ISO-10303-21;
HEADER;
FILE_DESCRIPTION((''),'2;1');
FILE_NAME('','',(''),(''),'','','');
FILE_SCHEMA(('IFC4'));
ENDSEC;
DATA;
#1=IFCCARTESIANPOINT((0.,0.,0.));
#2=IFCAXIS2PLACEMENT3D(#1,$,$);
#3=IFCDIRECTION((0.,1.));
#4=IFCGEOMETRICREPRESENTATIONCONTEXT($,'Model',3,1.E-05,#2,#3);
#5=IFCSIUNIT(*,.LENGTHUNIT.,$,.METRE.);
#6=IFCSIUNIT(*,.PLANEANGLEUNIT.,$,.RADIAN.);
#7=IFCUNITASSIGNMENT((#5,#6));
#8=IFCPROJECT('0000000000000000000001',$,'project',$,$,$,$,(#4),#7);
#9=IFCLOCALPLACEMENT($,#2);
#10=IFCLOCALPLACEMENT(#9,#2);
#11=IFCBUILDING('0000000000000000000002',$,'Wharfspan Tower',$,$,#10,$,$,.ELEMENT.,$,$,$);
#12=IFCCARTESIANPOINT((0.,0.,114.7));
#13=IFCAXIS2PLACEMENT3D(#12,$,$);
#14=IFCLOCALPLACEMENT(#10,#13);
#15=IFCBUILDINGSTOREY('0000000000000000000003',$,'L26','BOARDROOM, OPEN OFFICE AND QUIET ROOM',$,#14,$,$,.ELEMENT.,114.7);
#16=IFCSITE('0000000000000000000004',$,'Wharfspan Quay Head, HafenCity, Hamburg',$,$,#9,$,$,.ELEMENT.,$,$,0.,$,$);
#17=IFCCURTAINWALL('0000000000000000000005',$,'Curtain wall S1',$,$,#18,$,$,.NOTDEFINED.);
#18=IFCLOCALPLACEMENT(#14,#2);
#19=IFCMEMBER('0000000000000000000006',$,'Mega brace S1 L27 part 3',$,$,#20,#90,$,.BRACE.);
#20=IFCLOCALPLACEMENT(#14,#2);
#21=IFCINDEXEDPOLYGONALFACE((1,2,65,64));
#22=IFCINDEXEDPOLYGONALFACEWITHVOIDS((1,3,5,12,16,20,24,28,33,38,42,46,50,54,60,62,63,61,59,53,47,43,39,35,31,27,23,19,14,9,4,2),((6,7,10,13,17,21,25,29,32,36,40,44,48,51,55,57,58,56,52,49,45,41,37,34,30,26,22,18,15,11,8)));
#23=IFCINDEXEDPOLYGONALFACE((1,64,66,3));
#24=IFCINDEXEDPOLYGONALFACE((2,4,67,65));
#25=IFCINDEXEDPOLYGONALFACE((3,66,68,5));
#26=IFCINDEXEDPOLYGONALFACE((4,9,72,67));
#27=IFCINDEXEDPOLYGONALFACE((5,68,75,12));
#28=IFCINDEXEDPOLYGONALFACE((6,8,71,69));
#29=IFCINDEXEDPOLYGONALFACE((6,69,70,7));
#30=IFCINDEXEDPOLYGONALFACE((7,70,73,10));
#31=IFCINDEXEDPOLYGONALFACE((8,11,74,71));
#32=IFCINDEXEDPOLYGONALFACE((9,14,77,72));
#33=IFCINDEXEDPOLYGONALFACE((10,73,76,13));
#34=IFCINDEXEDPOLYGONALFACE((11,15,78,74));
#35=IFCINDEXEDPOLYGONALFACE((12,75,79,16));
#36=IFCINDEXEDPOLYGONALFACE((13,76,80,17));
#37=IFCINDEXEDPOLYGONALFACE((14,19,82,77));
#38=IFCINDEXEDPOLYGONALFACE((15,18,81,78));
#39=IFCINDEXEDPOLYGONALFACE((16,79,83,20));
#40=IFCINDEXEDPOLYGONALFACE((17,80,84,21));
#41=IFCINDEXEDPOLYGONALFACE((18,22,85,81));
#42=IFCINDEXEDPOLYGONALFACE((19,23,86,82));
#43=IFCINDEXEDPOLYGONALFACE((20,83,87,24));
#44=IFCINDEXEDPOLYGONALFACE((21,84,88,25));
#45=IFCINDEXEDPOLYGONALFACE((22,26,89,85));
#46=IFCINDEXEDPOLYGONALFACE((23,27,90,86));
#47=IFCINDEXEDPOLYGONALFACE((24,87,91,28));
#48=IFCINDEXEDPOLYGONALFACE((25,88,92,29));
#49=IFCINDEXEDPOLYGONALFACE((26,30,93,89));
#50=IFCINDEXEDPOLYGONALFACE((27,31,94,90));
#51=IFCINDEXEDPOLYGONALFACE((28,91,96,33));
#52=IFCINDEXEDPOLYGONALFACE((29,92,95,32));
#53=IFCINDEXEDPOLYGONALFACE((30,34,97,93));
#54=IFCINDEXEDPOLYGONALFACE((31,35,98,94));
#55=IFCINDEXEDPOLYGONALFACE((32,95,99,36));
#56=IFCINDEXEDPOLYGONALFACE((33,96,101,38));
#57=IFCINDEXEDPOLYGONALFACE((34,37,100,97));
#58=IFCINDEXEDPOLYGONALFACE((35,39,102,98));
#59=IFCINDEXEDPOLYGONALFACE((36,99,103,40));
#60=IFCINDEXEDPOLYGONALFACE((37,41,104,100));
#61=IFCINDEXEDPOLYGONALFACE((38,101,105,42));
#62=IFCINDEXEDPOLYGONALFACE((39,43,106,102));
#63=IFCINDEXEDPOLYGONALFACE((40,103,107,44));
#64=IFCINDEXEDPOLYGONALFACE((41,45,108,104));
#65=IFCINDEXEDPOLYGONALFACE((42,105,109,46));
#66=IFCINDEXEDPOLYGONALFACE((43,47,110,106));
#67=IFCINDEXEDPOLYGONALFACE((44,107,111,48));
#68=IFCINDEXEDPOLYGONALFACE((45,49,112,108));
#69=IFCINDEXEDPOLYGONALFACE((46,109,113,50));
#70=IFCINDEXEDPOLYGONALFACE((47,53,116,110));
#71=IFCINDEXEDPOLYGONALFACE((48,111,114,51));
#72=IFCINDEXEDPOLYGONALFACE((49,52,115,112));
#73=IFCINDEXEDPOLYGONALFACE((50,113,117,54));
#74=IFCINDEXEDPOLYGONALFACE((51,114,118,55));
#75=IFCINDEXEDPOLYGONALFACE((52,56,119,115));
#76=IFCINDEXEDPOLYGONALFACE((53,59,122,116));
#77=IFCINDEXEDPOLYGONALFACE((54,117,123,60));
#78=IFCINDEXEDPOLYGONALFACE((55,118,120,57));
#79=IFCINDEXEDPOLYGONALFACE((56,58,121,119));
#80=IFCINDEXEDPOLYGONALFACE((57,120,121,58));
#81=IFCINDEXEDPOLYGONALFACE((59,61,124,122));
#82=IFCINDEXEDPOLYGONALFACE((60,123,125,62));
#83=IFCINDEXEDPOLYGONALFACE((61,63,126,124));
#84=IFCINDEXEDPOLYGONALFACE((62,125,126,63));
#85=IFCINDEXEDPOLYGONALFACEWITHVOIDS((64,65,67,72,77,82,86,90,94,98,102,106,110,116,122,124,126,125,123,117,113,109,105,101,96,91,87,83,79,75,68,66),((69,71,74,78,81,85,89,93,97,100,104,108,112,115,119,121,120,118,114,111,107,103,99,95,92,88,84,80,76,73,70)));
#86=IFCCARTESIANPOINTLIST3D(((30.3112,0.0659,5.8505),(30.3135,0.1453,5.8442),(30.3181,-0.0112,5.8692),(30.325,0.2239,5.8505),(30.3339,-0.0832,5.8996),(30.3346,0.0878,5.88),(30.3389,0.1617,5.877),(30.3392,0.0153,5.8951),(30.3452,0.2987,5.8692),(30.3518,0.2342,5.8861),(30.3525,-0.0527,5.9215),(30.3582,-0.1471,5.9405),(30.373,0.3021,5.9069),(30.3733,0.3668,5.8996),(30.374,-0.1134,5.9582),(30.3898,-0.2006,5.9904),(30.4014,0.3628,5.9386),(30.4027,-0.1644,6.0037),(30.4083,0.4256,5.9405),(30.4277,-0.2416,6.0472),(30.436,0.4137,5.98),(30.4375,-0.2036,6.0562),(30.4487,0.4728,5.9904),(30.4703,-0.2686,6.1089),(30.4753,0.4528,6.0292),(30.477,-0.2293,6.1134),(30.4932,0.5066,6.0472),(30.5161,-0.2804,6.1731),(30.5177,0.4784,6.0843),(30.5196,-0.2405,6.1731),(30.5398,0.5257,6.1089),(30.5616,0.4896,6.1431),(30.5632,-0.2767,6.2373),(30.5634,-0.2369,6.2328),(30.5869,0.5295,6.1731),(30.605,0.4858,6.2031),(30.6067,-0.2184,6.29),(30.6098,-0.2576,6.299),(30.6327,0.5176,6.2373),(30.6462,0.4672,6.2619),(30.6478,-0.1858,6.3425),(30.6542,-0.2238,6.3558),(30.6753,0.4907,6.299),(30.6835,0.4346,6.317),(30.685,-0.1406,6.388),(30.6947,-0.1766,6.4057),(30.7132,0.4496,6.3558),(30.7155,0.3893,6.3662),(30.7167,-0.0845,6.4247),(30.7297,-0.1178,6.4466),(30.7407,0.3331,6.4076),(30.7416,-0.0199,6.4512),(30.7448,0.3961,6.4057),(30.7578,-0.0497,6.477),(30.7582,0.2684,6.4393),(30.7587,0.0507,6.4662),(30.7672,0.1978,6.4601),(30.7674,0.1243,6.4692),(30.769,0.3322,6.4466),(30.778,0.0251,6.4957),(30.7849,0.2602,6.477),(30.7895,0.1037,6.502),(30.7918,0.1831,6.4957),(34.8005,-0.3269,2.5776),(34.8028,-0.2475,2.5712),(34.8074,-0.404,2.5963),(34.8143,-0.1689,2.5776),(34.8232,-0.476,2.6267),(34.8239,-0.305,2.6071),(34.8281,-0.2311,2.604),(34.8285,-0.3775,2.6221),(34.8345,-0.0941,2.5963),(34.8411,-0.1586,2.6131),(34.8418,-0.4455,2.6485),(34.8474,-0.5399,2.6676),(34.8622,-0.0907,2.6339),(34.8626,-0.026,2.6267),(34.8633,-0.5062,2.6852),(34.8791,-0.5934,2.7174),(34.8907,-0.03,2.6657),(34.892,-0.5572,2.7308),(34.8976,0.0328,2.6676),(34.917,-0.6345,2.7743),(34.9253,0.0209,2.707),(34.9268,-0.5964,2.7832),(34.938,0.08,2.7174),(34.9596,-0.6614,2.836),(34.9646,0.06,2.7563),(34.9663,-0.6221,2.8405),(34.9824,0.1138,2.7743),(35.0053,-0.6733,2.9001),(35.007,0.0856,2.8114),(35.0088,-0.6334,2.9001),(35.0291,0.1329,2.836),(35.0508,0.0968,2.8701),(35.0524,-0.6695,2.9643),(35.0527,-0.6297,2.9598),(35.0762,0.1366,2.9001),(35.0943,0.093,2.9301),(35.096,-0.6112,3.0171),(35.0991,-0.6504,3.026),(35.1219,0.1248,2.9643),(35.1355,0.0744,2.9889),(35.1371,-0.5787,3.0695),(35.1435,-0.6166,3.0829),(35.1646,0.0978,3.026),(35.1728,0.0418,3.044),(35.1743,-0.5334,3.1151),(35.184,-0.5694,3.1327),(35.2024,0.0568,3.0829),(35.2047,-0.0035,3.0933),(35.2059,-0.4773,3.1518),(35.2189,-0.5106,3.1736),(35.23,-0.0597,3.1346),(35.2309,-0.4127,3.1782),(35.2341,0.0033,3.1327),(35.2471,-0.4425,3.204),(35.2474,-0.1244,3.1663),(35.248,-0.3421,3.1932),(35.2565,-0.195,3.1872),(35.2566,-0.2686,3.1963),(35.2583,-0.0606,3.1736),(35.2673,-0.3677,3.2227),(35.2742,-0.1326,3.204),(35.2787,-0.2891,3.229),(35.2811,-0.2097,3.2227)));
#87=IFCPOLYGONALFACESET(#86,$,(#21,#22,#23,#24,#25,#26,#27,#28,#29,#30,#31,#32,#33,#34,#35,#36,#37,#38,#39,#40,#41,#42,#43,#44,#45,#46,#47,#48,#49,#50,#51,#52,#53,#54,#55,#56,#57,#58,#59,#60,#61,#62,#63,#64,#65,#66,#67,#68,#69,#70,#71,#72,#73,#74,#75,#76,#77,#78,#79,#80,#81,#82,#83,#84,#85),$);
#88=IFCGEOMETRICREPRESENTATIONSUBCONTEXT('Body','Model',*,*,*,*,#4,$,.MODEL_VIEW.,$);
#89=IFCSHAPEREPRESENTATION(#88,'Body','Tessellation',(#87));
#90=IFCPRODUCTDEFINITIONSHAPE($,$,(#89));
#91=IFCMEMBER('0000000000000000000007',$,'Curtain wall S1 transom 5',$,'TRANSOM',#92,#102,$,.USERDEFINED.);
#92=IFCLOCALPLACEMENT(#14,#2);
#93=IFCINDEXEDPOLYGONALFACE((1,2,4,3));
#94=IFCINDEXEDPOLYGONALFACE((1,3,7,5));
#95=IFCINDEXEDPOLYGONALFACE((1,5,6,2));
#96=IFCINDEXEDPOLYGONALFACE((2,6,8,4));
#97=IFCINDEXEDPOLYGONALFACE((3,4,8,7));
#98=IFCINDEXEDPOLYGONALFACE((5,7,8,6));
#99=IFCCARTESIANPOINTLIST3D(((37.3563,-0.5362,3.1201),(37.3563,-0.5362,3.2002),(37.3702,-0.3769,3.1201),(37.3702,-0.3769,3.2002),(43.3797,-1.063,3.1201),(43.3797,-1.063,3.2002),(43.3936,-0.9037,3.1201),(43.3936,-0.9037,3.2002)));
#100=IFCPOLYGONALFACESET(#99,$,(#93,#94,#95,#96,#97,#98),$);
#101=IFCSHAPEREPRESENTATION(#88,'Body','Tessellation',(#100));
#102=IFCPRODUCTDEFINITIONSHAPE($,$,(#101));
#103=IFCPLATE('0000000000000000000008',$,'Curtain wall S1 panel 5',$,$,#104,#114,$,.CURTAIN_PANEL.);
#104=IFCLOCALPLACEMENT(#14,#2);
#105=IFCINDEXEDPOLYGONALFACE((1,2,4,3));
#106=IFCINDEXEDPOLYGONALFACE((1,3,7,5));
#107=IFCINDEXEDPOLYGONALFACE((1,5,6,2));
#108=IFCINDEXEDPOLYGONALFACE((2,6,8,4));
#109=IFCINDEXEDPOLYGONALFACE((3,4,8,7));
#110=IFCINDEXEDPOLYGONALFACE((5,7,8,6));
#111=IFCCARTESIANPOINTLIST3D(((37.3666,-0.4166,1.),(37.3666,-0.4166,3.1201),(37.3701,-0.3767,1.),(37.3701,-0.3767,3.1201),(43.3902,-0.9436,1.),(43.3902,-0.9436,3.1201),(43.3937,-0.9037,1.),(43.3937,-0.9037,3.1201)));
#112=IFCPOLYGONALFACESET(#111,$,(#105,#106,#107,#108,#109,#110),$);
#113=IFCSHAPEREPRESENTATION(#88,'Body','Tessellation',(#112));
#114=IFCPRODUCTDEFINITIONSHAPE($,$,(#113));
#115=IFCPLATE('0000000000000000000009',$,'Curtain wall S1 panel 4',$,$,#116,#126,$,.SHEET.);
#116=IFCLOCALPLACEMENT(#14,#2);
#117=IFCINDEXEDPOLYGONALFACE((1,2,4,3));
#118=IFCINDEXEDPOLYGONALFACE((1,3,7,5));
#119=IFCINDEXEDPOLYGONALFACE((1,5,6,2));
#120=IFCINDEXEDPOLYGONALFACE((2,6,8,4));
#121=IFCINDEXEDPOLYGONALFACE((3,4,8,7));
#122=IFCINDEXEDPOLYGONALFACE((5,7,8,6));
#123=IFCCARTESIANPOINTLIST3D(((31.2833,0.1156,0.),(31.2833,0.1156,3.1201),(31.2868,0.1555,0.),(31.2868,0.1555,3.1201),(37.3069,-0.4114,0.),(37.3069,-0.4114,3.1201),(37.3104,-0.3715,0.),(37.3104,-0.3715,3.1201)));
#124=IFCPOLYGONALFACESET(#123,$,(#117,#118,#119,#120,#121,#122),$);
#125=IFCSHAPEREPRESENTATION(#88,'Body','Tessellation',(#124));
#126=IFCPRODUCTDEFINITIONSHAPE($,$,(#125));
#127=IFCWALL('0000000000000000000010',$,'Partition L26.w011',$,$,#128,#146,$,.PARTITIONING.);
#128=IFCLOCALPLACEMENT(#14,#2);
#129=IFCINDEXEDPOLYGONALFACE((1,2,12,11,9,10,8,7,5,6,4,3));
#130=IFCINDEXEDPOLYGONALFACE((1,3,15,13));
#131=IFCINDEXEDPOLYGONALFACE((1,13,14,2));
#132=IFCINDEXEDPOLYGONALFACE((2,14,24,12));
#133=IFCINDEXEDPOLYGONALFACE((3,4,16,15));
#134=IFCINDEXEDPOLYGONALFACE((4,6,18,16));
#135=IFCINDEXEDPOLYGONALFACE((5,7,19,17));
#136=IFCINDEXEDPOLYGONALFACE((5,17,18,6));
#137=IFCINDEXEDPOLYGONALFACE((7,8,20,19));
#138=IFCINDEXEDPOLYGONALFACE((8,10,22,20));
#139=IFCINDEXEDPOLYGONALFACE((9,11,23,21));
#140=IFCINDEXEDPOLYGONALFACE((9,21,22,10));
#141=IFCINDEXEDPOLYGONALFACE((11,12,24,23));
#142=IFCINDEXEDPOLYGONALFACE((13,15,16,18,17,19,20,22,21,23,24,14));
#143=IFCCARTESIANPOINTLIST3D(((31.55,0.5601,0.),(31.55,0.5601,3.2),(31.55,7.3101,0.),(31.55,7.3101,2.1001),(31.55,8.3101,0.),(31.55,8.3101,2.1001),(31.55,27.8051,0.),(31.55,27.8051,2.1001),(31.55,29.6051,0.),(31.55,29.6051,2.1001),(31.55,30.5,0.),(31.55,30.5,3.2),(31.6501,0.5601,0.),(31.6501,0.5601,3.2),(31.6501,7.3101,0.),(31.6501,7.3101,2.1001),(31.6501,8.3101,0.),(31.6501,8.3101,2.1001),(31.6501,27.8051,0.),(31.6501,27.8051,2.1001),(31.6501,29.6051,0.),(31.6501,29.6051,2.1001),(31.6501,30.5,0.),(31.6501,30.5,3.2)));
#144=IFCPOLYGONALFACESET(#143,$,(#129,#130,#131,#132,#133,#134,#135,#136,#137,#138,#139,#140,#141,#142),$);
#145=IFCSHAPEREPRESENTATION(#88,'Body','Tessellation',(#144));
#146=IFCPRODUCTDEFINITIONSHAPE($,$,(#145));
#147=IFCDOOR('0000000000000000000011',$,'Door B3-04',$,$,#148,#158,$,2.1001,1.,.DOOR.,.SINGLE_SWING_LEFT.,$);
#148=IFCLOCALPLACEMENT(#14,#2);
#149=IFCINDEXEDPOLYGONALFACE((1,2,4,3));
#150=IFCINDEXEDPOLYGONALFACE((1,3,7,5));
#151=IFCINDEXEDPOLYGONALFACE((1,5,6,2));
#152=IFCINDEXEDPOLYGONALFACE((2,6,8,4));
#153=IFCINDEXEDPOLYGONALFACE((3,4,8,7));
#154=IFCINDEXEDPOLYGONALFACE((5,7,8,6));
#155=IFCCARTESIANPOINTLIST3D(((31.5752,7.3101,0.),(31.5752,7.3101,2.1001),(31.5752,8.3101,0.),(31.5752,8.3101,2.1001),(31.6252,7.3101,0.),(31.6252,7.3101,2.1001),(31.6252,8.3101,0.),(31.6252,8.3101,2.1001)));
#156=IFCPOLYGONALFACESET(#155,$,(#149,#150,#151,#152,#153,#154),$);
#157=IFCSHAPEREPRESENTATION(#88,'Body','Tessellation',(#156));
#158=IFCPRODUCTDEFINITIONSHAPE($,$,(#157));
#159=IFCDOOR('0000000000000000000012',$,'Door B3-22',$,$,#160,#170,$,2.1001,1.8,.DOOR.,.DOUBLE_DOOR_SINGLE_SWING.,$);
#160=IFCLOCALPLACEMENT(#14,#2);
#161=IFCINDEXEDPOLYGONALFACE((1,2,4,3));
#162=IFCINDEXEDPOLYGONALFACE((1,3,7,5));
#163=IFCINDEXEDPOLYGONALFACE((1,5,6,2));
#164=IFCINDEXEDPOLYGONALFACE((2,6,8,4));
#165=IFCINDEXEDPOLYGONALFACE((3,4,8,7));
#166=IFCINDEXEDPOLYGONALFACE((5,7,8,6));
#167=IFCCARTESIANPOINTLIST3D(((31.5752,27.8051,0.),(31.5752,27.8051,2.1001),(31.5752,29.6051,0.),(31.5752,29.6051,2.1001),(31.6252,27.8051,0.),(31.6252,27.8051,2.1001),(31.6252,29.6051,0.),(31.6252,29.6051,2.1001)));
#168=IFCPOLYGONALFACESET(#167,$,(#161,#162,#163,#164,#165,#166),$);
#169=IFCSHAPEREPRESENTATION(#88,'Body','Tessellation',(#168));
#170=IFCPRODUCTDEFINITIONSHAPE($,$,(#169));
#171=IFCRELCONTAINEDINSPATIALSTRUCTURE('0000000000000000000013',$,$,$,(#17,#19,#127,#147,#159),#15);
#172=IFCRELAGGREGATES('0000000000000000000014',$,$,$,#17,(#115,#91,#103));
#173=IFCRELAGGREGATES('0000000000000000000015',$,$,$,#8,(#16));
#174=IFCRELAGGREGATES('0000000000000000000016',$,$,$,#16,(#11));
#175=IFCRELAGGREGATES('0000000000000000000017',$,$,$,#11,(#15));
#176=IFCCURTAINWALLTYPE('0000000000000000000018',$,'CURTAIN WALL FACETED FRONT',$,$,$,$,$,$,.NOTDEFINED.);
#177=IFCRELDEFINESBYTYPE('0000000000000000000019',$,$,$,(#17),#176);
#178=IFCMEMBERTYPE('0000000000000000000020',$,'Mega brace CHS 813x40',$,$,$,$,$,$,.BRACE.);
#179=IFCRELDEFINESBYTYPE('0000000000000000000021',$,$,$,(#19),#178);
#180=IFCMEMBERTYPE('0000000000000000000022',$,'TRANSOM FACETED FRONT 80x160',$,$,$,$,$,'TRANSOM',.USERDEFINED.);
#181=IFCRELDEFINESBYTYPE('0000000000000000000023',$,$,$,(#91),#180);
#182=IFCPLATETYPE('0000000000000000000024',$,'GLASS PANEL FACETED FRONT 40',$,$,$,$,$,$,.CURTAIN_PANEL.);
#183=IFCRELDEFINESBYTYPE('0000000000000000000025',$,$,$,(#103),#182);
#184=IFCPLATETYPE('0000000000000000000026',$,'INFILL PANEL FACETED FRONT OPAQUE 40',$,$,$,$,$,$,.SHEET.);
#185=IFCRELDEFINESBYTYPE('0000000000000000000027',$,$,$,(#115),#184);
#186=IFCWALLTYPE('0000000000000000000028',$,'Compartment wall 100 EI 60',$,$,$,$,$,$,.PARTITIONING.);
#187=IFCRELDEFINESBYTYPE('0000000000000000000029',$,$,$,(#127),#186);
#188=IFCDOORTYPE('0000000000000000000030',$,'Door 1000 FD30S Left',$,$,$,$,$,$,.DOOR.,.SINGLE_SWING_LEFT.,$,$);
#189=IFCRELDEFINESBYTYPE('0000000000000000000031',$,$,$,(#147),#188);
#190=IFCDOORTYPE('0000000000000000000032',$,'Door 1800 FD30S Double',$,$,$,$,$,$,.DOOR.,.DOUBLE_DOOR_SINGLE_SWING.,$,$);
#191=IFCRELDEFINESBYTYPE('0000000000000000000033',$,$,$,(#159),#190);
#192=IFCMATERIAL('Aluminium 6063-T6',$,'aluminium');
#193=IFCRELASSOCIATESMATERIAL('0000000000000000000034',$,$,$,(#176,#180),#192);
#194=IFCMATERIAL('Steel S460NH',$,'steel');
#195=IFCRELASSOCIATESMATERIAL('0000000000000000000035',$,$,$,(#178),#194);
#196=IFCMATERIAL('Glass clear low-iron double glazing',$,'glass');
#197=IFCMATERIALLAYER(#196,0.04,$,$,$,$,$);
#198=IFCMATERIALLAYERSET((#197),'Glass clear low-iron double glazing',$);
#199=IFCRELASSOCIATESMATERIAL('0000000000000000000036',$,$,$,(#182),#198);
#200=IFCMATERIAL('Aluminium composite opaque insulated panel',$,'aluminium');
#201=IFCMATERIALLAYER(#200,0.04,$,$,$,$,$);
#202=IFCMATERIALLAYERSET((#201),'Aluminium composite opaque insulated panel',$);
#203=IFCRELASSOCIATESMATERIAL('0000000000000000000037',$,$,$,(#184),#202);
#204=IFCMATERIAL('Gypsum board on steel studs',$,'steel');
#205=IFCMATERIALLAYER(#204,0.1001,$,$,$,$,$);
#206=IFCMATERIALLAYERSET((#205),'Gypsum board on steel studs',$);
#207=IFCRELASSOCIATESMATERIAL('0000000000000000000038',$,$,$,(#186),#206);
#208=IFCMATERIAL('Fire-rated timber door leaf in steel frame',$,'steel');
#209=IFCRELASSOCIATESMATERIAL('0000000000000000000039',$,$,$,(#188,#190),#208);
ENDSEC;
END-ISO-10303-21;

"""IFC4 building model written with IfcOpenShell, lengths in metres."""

from ifc_helpers import new_model, si_unit, direction, frame, frame_2d, origin, origin_2d, place, context, subcontext, project, spatial, rectangle, hollow_circle, extrude, material, layer, layer_set, material_profile, profile_set, type_object, element, fill, aggregate, save


model = new_model("IFC4")

# Units and contexts
model_context = context("Model", 3, precision=1e-05, world=origin(), true_north=direction((0.0, 1.0)))
body_context = subcontext(model_context, "Body", "Model", "MODEL_VIEW")
ifc_project = project(units=[si_unit("LENGTHUNIT", "METRE"), si_unit("PLANEANGLEUNIT", "RADIAN")], contexts=[model_context])

# Site, building, storey
site_placement = place(None, origin())
site = spatial("IfcSite", under=ifc_project, at=site_placement, Name="Wharfspan Quay Head, HafenCity, Hamburg", CompositionType="ELEMENT", RefElevation=0.0)
building_placement = place(site_placement, origin())
building = spatial("IfcBuilding", under=site, at=building_placement, Name="Wharfspan Tower", CompositionType="ELEMENT")
storey_placement = place(building_placement, frame((0.0, 0.0, 114.7)))
storey = spatial("IfcBuildingStorey", under=building, at=storey_placement, Name="L26", Description="BOARDROOM, OPEN OFFICE AND QUIET ROOM", CompositionType="ELEMENT", Elevation=114.7)

# Curtain wall
ifc_material_1 = material(Name="Aluminium 6063-T6", Category="aluminium")
curtain_wall_type = type_object("IfcCurtainWallType", Name="CURTAIN WALL FACETED FRONT", PredefinedType="NOTDEFINED", material=ifc_material_1)
curtain_wall_placement = place(storey_placement, origin())
curtain_wall = element("IfcCurtainWall", 1, at=curtain_wall_placement, inside=storey, type_object=curtain_wall_type, Name="Curtain wall S1", PredefinedType="NOTDEFINED")

# Members
ifc_material_2 = material(Name="Steel S460NH", Category="steel")
ifc_material_profile_1 = material_profile(ifc_material_2, hollow_circle(Radius=0.4065, WallThickness=0.04, at=origin_2d()))
ifc_profile_set_1 = profile_set([ifc_material_profile_1], Name="Steel S460NH")
member_type_1 = type_object("IfcMemberType", Name="Mega brace CHS 813x40", PredefinedType="BRACE", material=ifc_profile_set_1)
member_1_placement = place(storey_placement, frame((35.0408, -0.2683, 2.9001), z_axis=(-0.806035, 0.07053, 0.58765), x_axis=(-0.087168, -0.996195, 0.000002)))
element("IfcMember", 2, at=member_1_placement, inside=storey, type_object=member_type_1, Name="Mega brace S1 L27 part 3", PredefinedType="BRACE", context=body_context, shape_type="SweptSolid", body=[
    extrude(hollow_circle(Radius=0.4065, WallThickness=0.04, at=origin_2d()), origin(), (0.0, 0.0, 1.0), 5.5696),
])
ifc_material_profile_2 = material_profile(ifc_material_1, rectangle(XDim=0.1599, YDim=0.0801, at=origin_2d()))
ifc_profile_set_2 = profile_set([ifc_material_profile_2], Name="Aluminium 6063-T6")
member_type_2 = type_object("IfcMemberType", Name="TRANSOM FACETED FRONT 80x160", ElementType="TRANSOM", PredefinedType="USERDEFINED", material=ifc_profile_set_2)
member_2_placement = place(storey_placement, frame((37.3633, -0.4565, 3.1602), z_axis=(0.996197, -0.087135, 0.0), x_axis=(0.087135, 0.996197, 0.0)))
member_2 = element("IfcMember", 3, at=member_2_placement, type_object=member_type_2, Name="Curtain wall S1 transom 5", ObjectType="TRANSOM", PredefinedType="USERDEFINED", context=body_context, shape_type="SweptSolid", body=[
    extrude(rectangle(XDim=0.1599, YDim=0.0801, at=origin_2d()), origin(), (0.0, 0.0, 1.0), 6.0464),
])

# Plates
ifc_material_3 = material(Name="Glass clear low-iron double glazing", Category="glass")
ifc_layer_1 = layer(ifc_material_3, 0.04)
ifc_layer_set_1 = layer_set([ifc_layer_1], Name="Glass clear low-iron double glazing")
plate_type_1 = type_object("IfcPlateType", Name="GLASS PANEL FACETED FRONT 40", PredefinedType="CURTAIN_PANEL", material=ifc_layer_set_1)
plate_1_placement = place(storey_placement, frame((40.3801, -0.6602, 1.0), z_axis=(0.0, 0.0, 1.0), x_axis=(0.996198, -0.087156, 0.0)))
plate_1 = element("IfcPlate", 4, at=plate_1_placement, type_object=plate_type_1, Name="Curtain wall S1 panel 5", PredefinedType="CURTAIN_PANEL", context=body_context, shape_type="SweptSolid", body=[
    extrude(rectangle(XDim=6.0466, YDim=0.04, at=origin_2d()), origin(), (0.0, 0.0, 1.0), 2.1201),
])
ifc_material_4 = material(Name="Aluminium composite opaque insulated panel", Category="aluminium")
ifc_layer_2 = layer(ifc_material_4, 0.04)
ifc_layer_set_2 = layer_set([ifc_layer_2], Name="Aluminium composite opaque insulated panel")
plate_type_2 = type_object("IfcPlateType", Name="INFILL PANEL FACETED FRONT OPAQUE 40", PredefinedType="SHEET", material=ifc_layer_set_2)
plate_2_placement = place(storey_placement, frame((34.2969, -0.1279, 0.0), z_axis=(0.0, 0.0, 1.0), x_axis=(0.996198, -0.087156, 0.0)))
plate_2 = element("IfcPlate", 5, at=plate_2_placement, type_object=plate_type_2, Name="Curtain wall S1 panel 4", PredefinedType="SHEET", context=body_context, shape_type="SweptSolid", body=[
    extrude(rectangle(XDim=6.0466, YDim=0.04, at=origin_2d()), origin(), (0.0, 0.0, 1.0), 3.1201),
])
aggregate(curtain_wall, [plate_2, member_2, plate_1])

# Wall, openings, doors
ifc_material_5 = material(Name="Gypsum board on steel studs", Category="steel")
ifc_layer_3 = layer(ifc_material_5, 0.1001)
ifc_layer_set_3 = layer_set([ifc_layer_3], Name="Gypsum board on steel studs")
wall_type_1 = type_object("IfcWallType", Name="Compartment wall 100 EI 60", PredefinedType="PARTITIONING", material=ifc_layer_set_3)
wall_1_placement = place(storey_placement, frame((31.6001, 0.5601, 0.0), z_axis=(0.0, 0.0, 1.0), x_axis=(0.0, 1.0, 0.0)))
wall_1 = element("IfcWall", 6, at=wall_1_placement, inside=storey, type_object=wall_type_1, Name="Partition L26.w011", PredefinedType="PARTITIONING", context=body_context, shape_type="SweptSolid", body=[
    extrude(rectangle(XDim=29.9399, YDim=0.1001, at=frame_2d((14.97, 0.0))), origin(), (0.0, 0.0, 1.0), 3.2),
])
opening_1_placement = place(wall_1_placement, frame((6.75, 0.0, 0.0)))
opening_1 = element("IfcOpeningElement", 7, at=opening_1_placement, cuts=wall_1, PredefinedType="OPENING", context=body_context, shape_type="SweptSolid", body=[
    extrude(rectangle(XDim=1.0, YDim=2.1001, at=frame_2d((0.5, 1.05))), frame((0.0, 0.0601, 0.0), z_axis=(0.0, -1.0, 0.0), x_axis=(1.0, 0.0, 0.0)), (0.0, 0.0, 1.0), 0.1201),
])
opening_2_placement = place(wall_1_placement, frame((27.2451, 0.0, 0.0)))
opening_2 = element("IfcOpeningElement", 8, at=opening_2_placement, cuts=wall_1, PredefinedType="OPENING", context=body_context, shape_type="SweptSolid", body=[
    extrude(rectangle(XDim=1.8, YDim=2.1001, at=frame_2d((0.8999, 1.05))), frame((0.0, 0.0601, 0.0), z_axis=(0.0, -1.0, 0.0), x_axis=(1.0, 0.0, 0.0)), (0.0, 0.0, 1.0), 0.1201),
])
ifc_material_6 = material(Name="Fire-rated timber door leaf in steel frame", Category="steel")
door_type_1 = type_object("IfcDoorType", Name="Door 1000 FD30S Left", OperationType="SINGLE_SWING_LEFT", PredefinedType="DOOR", material=ifc_material_6)
door_1_placement = place(opening_1_placement, origin())
door_1 = element("IfcDoor", 9, at=door_1_placement, inside=storey, type_object=door_type_1, Name="Door B3-04", OperationType="SINGLE_SWING_LEFT", OverallHeight=2.1001, OverallWidth=1.0, PredefinedType="DOOR", context=body_context, shape_type="SweptSolid", body=[
    extrude(rectangle(XDim=1.0, YDim=2.1001, at=frame_2d((0.5, 1.05))), frame((0.0, 0.0249, 0.0), z_axis=(0.0, -1.0, 0.0), x_axis=(1.0, 0.0, 0.0)), (0.0, 0.0, 1.0), 0.05),
])
fill(opening_1, door_1)
door_type_2 = type_object("IfcDoorType", Name="Door 1800 FD30S Double", OperationType="DOUBLE_DOOR_SINGLE_SWING", PredefinedType="DOOR", material=ifc_material_6)
door_2_placement = place(opening_2_placement, origin())
door_2 = element("IfcDoor", 10, at=door_2_placement, inside=storey, type_object=door_type_2, Name="Door B3-22", OperationType="DOUBLE_DOOR_SINGLE_SWING", OverallHeight=2.1001, OverallWidth=1.8, PredefinedType="DOOR", context=body_context, shape_type="SweptSolid", body=[
    extrude(rectangle(XDim=1.8, YDim=2.1001, at=frame_2d((0.8999, 1.05))), frame((0.0, 0.0249, 0.0), z_axis=(0.0, -1.0, 0.0), x_axis=(1.0, 0.0, 0.0)), (0.0, 0.0, 1.0), 0.05),
])
fill(opening_2, door_2)

save(model, "model.ifc")
